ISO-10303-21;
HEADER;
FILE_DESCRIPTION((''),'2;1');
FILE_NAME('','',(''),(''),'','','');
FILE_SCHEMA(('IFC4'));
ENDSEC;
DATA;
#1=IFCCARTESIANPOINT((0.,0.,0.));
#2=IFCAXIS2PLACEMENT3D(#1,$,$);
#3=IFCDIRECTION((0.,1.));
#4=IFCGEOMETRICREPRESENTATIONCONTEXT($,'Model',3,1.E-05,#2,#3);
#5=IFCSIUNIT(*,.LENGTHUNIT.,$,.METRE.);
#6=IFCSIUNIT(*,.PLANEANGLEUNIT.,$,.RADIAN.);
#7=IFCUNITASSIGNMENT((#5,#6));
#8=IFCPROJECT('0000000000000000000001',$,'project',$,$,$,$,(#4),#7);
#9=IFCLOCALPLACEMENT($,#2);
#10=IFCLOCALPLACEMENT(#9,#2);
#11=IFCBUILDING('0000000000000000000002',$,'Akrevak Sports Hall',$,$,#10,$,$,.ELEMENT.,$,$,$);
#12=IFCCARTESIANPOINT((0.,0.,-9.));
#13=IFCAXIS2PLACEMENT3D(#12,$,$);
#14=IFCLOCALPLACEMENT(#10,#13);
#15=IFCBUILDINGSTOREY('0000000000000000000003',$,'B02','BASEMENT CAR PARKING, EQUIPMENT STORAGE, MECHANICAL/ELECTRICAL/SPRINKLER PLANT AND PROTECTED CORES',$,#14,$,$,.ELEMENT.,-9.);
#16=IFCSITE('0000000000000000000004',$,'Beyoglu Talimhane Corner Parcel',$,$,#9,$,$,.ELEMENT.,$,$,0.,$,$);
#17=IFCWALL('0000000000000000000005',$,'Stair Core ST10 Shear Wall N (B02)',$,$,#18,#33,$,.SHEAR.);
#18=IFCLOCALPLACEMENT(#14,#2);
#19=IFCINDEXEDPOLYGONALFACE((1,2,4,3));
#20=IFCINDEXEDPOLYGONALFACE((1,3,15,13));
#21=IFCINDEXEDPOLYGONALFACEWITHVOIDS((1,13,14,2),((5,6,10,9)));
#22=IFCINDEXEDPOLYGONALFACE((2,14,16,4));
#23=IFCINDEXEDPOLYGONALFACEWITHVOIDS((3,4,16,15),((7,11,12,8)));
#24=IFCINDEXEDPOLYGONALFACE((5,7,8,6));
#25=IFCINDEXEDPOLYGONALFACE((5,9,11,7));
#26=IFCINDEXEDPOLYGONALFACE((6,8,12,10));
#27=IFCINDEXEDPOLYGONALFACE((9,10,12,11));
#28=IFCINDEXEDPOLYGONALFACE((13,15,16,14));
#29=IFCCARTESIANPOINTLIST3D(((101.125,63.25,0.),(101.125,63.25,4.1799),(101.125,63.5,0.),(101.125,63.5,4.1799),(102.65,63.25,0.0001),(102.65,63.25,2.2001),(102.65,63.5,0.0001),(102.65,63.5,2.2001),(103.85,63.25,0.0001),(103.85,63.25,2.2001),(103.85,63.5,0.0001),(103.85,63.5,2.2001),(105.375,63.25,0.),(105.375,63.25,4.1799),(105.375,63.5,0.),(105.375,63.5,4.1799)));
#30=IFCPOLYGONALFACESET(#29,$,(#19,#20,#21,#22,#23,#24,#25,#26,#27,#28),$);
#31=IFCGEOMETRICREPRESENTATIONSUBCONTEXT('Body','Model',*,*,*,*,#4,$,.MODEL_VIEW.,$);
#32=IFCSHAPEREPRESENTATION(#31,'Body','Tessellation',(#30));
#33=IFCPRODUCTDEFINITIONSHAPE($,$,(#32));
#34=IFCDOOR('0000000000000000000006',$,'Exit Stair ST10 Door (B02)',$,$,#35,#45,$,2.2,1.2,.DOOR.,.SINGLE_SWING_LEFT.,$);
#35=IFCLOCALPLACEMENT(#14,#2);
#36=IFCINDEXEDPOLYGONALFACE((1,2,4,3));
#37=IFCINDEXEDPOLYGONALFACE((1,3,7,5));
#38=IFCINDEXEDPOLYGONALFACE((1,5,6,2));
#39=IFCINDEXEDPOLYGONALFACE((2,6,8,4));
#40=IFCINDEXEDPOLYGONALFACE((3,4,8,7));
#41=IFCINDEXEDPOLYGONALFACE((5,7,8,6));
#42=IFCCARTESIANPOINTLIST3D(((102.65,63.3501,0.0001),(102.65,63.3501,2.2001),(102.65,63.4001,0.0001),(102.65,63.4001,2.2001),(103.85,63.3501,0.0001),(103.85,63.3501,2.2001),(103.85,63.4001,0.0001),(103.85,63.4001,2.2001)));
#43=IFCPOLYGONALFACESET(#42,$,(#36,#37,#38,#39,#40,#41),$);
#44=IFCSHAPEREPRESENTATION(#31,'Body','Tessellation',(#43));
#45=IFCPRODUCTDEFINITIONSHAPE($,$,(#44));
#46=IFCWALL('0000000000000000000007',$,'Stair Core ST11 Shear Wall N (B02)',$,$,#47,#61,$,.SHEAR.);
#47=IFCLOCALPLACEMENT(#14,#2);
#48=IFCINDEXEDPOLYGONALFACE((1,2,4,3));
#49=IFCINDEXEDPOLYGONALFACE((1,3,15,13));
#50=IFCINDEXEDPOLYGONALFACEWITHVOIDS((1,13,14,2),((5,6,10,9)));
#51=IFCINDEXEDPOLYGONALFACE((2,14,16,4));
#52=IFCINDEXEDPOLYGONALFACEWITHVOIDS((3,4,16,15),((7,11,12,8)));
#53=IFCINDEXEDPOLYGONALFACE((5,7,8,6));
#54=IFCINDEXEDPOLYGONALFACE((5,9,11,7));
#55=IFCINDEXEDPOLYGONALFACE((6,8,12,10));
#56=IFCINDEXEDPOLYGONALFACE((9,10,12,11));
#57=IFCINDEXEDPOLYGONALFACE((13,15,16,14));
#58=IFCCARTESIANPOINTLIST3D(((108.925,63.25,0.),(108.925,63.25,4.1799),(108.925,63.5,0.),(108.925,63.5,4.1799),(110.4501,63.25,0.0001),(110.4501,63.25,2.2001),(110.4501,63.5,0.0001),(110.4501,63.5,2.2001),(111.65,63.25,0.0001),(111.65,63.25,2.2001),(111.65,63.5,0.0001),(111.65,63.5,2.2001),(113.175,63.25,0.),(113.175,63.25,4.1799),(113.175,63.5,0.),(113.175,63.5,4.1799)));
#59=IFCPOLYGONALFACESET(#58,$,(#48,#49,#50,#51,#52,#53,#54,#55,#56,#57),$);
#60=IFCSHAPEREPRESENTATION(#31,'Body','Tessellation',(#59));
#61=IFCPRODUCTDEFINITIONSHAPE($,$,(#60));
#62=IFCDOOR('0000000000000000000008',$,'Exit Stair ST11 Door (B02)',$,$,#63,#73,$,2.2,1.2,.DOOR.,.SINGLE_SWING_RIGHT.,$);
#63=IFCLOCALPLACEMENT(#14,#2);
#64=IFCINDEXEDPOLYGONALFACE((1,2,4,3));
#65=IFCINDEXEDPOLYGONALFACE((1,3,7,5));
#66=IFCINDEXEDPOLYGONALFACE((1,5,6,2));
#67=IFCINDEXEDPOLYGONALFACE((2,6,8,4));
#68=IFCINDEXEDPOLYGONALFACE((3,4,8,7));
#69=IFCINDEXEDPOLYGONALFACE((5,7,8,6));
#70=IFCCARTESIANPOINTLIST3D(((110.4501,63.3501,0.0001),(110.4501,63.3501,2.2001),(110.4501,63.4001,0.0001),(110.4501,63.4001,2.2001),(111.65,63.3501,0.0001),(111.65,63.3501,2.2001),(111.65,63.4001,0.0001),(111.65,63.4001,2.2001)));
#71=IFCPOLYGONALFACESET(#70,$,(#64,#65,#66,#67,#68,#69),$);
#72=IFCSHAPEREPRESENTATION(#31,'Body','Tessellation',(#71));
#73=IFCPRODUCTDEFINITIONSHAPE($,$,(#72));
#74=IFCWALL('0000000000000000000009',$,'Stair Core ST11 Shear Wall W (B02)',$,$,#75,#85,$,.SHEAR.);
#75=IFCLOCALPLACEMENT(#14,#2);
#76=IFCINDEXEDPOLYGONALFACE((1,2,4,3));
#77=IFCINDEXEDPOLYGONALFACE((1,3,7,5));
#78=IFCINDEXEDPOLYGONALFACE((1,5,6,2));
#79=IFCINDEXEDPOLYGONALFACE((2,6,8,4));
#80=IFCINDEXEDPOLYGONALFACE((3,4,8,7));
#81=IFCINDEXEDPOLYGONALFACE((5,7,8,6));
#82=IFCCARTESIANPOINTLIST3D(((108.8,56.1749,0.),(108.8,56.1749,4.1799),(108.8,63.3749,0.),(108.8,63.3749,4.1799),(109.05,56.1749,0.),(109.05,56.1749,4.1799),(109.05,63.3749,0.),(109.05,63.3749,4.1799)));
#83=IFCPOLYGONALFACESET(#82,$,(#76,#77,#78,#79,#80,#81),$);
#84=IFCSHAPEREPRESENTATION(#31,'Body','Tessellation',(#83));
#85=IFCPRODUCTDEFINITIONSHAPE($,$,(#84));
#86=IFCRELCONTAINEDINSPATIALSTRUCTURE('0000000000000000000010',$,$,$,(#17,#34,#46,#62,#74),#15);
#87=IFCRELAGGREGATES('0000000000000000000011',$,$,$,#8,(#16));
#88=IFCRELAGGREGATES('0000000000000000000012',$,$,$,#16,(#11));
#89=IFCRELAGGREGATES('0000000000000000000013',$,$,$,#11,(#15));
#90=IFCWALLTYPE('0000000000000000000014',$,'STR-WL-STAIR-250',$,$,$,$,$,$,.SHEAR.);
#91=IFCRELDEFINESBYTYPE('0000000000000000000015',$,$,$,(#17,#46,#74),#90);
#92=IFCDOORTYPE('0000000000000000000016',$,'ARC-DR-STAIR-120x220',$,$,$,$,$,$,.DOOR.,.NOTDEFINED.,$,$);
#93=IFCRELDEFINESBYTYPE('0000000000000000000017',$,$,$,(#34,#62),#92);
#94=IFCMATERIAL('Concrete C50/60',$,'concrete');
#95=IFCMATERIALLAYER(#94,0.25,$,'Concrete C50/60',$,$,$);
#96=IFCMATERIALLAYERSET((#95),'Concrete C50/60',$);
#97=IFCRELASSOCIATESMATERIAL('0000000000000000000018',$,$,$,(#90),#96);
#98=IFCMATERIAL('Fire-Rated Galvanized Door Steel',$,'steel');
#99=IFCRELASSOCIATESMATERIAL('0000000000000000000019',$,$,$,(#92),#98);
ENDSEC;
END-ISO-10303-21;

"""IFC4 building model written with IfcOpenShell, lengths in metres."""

from ifc_helpers import new_model, si_unit, direction, frame, frame_2d, origin, place, context, subcontext, project, spatial, rectangle, extrude, material, layer, layer_set, type_object, element, fill, save


model = new_model("IFC4")

# Units and contexts
model_context = context("Model", 3, precision=1e-05, world=origin(), true_north=direction((0.0, 1.0)))
body_context = subcontext(model_context, "Body", "Model", "MODEL_VIEW")
ifc_project = project(units=[si_unit("LENGTHUNIT", "METRE"), si_unit("PLANEANGLEUNIT", "RADIAN")], contexts=[model_context])

# Site, building, storey
site_placement = place(None, origin())
site = spatial("IfcSite", under=ifc_project, at=site_placement, Name="Beyoglu Talimhane Corner Parcel", CompositionType="ELEMENT", RefElevation=0.0)
building_placement = place(site_placement, origin())
building = spatial("IfcBuilding", under=site, at=building_placement, Name="Akrevak Sports Hall", CompositionType="ELEMENT")
storey_placement = place(building_placement, frame((0.0, 0.0, -9.0)))
storey = spatial("IfcBuildingStorey", under=building, at=storey_placement, Name="B02", Description="BASEMENT CAR PARKING, EQUIPMENT STORAGE, MECHANICAL/ELECTRICAL/SPRINKLER PLANT AND PROTECTED CORES", CompositionType="ELEMENT", Elevation=-9.0)

# Shared definitions
ifc_material_1 = material(Name="Concrete C50/60", Category="concrete")

# Walls, openings, doors
ifc_layer_1 = layer(ifc_material_1, 0.25, Name="Concrete C50/60")
ifc_layer_set_1 = layer_set([ifc_layer_1], Name="Concrete C50/60")
wall_type_1 = type_object("IfcWallType", Name="STR-WL-STAIR-250", PredefinedType="SHEAR", material=ifc_layer_set_1)
wall_1_placement = place(storey_placement, frame((105.375, 63.375, 0.0), z_axis=(0.0, 0.0, 1.0), x_axis=(-1.0, 0.0, 0.0)))
wall_1 = element("IfcWall", 1, at=wall_1_placement, inside=storey, type_object=wall_type_1, Name="Stair Core ST10 Shear Wall N (B02)", PredefinedType="SHEAR", context=body_context, shape_type="SweptSolid", body=[
    extrude(rectangle(XDim=4.25, YDim=0.25, at=frame_2d((2.125, 0.0))), origin(), (0.0, 0.0, 1.0), 4.1799),
])
opening_1_placement = place(wall_1_placement, frame((1.5249, 0.0, 0.0)))
opening_1 = element("IfcOpeningElement", 2, at=opening_1_placement, cuts=wall_1, PredefinedType="OPENING", context=body_context, shape_type="SweptSolid", body=[
    extrude(rectangle(XDim=1.2, YDim=2.2, at=frame_2d((0.6001, 1.1001))), frame((0.0, 0.137, 0.0), z_axis=(0.0, -1.0, 0.0), x_axis=(1.0, 0.0, 0.0)), (0.0, 0.0, 1.0), 0.2739),
])
ifc_material_2 = material(Name="Fire-Rated Galvanized Door Steel", Category="steel")
door_type = type_object("IfcDoorType", Name="ARC-DR-STAIR-120x220", OperationType="NOTDEFINED", PredefinedType="DOOR", material=ifc_material_2)
door_1_placement = place(opening_1_placement, origin())
door_1 = element("IfcDoor", 3, at=door_1_placement, inside=storey, type_object=door_type, Name="Exit Stair ST10 Door (B02)", OperationType="SINGLE_SWING_LEFT", OverallHeight=2.2, OverallWidth=1.2, PredefinedType="DOOR", context=body_context, shape_type="SweptSolid", body=[
    extrude(rectangle(XDim=1.2, YDim=2.2, at=frame_2d((0.6001, 1.1001))), frame((0.0, 0.0249, 0.0), z_axis=(0.0, -1.0, 0.0), x_axis=(1.0, 0.0, 0.0)), (0.0, 0.0, 1.0), 0.05),
])
fill(opening_1, door_1)
wall_2_placement = place(storey_placement, frame((113.175, 63.375, 0.0), z_axis=(0.0, 0.0, 1.0), x_axis=(-1.0, 0.0, 0.0)))
wall_2 = element("IfcWall", 4, at=wall_2_placement, inside=storey, type_object=wall_type_1, Name="Stair Core ST11 Shear Wall N (B02)", PredefinedType="SHEAR", context=body_context, shape_type="SweptSolid", body=[
    extrude(rectangle(XDim=4.25, YDim=0.25, at=frame_2d((2.125, 0.0))), origin(), (0.0, 0.0, 1.0), 4.1799),
])
opening_2_placement = place(wall_2_placement, frame((1.5249, 0.0, 0.0)))
opening_2 = element("IfcOpeningElement", 5, at=opening_2_placement, cuts=wall_2, PredefinedType="OPENING", context=body_context, shape_type="SweptSolid", body=[
    extrude(rectangle(XDim=1.2, YDim=2.2, at=frame_2d((0.6001, 1.1001))), frame((0.0, 0.137, 0.0), z_axis=(0.0, -1.0, 0.0), x_axis=(1.0, 0.0, 0.0)), (0.0, 0.0, 1.0), 0.2739),
])
door_2_placement = place(opening_2_placement, origin())
door_2 = element("IfcDoor", 6, at=door_2_placement, inside=storey, type_object=door_type, Name="Exit Stair ST11 Door (B02)", OperationType="SINGLE_SWING_RIGHT", OverallHeight=2.2, OverallWidth=1.2, PredefinedType="DOOR", context=body_context, shape_type="SweptSolid", body=[
    extrude(rectangle(XDim=1.2, YDim=2.2, at=frame_2d((0.6001, 1.1001))), frame((0.0, 0.0249, 0.0), z_axis=(0.0, -1.0, 0.0), x_axis=(1.0, 0.0, 0.0)), (0.0, 0.0, 1.0), 0.05),
])
fill(opening_2, door_2)

# Wall
wall_3_placement = place(storey_placement, frame((108.925, 63.375, 0.0), z_axis=(0.0, 0.0, 1.0), x_axis=(0.0, -1.0, 0.0)))
element("IfcWall", 7, at=wall_3_placement, inside=storey, type_object=wall_type_1, Name="Stair Core ST11 Shear Wall W (B02)", PredefinedType="SHEAR", context=body_context, shape_type="SweptSolid", body=[
    extrude(rectangle(XDim=7.2, YDim=0.25, at=frame_2d((3.6001, 0.0))), origin(), (0.0, 0.0, 1.0), 4.1799),
])

save(model, "model.ifc")
